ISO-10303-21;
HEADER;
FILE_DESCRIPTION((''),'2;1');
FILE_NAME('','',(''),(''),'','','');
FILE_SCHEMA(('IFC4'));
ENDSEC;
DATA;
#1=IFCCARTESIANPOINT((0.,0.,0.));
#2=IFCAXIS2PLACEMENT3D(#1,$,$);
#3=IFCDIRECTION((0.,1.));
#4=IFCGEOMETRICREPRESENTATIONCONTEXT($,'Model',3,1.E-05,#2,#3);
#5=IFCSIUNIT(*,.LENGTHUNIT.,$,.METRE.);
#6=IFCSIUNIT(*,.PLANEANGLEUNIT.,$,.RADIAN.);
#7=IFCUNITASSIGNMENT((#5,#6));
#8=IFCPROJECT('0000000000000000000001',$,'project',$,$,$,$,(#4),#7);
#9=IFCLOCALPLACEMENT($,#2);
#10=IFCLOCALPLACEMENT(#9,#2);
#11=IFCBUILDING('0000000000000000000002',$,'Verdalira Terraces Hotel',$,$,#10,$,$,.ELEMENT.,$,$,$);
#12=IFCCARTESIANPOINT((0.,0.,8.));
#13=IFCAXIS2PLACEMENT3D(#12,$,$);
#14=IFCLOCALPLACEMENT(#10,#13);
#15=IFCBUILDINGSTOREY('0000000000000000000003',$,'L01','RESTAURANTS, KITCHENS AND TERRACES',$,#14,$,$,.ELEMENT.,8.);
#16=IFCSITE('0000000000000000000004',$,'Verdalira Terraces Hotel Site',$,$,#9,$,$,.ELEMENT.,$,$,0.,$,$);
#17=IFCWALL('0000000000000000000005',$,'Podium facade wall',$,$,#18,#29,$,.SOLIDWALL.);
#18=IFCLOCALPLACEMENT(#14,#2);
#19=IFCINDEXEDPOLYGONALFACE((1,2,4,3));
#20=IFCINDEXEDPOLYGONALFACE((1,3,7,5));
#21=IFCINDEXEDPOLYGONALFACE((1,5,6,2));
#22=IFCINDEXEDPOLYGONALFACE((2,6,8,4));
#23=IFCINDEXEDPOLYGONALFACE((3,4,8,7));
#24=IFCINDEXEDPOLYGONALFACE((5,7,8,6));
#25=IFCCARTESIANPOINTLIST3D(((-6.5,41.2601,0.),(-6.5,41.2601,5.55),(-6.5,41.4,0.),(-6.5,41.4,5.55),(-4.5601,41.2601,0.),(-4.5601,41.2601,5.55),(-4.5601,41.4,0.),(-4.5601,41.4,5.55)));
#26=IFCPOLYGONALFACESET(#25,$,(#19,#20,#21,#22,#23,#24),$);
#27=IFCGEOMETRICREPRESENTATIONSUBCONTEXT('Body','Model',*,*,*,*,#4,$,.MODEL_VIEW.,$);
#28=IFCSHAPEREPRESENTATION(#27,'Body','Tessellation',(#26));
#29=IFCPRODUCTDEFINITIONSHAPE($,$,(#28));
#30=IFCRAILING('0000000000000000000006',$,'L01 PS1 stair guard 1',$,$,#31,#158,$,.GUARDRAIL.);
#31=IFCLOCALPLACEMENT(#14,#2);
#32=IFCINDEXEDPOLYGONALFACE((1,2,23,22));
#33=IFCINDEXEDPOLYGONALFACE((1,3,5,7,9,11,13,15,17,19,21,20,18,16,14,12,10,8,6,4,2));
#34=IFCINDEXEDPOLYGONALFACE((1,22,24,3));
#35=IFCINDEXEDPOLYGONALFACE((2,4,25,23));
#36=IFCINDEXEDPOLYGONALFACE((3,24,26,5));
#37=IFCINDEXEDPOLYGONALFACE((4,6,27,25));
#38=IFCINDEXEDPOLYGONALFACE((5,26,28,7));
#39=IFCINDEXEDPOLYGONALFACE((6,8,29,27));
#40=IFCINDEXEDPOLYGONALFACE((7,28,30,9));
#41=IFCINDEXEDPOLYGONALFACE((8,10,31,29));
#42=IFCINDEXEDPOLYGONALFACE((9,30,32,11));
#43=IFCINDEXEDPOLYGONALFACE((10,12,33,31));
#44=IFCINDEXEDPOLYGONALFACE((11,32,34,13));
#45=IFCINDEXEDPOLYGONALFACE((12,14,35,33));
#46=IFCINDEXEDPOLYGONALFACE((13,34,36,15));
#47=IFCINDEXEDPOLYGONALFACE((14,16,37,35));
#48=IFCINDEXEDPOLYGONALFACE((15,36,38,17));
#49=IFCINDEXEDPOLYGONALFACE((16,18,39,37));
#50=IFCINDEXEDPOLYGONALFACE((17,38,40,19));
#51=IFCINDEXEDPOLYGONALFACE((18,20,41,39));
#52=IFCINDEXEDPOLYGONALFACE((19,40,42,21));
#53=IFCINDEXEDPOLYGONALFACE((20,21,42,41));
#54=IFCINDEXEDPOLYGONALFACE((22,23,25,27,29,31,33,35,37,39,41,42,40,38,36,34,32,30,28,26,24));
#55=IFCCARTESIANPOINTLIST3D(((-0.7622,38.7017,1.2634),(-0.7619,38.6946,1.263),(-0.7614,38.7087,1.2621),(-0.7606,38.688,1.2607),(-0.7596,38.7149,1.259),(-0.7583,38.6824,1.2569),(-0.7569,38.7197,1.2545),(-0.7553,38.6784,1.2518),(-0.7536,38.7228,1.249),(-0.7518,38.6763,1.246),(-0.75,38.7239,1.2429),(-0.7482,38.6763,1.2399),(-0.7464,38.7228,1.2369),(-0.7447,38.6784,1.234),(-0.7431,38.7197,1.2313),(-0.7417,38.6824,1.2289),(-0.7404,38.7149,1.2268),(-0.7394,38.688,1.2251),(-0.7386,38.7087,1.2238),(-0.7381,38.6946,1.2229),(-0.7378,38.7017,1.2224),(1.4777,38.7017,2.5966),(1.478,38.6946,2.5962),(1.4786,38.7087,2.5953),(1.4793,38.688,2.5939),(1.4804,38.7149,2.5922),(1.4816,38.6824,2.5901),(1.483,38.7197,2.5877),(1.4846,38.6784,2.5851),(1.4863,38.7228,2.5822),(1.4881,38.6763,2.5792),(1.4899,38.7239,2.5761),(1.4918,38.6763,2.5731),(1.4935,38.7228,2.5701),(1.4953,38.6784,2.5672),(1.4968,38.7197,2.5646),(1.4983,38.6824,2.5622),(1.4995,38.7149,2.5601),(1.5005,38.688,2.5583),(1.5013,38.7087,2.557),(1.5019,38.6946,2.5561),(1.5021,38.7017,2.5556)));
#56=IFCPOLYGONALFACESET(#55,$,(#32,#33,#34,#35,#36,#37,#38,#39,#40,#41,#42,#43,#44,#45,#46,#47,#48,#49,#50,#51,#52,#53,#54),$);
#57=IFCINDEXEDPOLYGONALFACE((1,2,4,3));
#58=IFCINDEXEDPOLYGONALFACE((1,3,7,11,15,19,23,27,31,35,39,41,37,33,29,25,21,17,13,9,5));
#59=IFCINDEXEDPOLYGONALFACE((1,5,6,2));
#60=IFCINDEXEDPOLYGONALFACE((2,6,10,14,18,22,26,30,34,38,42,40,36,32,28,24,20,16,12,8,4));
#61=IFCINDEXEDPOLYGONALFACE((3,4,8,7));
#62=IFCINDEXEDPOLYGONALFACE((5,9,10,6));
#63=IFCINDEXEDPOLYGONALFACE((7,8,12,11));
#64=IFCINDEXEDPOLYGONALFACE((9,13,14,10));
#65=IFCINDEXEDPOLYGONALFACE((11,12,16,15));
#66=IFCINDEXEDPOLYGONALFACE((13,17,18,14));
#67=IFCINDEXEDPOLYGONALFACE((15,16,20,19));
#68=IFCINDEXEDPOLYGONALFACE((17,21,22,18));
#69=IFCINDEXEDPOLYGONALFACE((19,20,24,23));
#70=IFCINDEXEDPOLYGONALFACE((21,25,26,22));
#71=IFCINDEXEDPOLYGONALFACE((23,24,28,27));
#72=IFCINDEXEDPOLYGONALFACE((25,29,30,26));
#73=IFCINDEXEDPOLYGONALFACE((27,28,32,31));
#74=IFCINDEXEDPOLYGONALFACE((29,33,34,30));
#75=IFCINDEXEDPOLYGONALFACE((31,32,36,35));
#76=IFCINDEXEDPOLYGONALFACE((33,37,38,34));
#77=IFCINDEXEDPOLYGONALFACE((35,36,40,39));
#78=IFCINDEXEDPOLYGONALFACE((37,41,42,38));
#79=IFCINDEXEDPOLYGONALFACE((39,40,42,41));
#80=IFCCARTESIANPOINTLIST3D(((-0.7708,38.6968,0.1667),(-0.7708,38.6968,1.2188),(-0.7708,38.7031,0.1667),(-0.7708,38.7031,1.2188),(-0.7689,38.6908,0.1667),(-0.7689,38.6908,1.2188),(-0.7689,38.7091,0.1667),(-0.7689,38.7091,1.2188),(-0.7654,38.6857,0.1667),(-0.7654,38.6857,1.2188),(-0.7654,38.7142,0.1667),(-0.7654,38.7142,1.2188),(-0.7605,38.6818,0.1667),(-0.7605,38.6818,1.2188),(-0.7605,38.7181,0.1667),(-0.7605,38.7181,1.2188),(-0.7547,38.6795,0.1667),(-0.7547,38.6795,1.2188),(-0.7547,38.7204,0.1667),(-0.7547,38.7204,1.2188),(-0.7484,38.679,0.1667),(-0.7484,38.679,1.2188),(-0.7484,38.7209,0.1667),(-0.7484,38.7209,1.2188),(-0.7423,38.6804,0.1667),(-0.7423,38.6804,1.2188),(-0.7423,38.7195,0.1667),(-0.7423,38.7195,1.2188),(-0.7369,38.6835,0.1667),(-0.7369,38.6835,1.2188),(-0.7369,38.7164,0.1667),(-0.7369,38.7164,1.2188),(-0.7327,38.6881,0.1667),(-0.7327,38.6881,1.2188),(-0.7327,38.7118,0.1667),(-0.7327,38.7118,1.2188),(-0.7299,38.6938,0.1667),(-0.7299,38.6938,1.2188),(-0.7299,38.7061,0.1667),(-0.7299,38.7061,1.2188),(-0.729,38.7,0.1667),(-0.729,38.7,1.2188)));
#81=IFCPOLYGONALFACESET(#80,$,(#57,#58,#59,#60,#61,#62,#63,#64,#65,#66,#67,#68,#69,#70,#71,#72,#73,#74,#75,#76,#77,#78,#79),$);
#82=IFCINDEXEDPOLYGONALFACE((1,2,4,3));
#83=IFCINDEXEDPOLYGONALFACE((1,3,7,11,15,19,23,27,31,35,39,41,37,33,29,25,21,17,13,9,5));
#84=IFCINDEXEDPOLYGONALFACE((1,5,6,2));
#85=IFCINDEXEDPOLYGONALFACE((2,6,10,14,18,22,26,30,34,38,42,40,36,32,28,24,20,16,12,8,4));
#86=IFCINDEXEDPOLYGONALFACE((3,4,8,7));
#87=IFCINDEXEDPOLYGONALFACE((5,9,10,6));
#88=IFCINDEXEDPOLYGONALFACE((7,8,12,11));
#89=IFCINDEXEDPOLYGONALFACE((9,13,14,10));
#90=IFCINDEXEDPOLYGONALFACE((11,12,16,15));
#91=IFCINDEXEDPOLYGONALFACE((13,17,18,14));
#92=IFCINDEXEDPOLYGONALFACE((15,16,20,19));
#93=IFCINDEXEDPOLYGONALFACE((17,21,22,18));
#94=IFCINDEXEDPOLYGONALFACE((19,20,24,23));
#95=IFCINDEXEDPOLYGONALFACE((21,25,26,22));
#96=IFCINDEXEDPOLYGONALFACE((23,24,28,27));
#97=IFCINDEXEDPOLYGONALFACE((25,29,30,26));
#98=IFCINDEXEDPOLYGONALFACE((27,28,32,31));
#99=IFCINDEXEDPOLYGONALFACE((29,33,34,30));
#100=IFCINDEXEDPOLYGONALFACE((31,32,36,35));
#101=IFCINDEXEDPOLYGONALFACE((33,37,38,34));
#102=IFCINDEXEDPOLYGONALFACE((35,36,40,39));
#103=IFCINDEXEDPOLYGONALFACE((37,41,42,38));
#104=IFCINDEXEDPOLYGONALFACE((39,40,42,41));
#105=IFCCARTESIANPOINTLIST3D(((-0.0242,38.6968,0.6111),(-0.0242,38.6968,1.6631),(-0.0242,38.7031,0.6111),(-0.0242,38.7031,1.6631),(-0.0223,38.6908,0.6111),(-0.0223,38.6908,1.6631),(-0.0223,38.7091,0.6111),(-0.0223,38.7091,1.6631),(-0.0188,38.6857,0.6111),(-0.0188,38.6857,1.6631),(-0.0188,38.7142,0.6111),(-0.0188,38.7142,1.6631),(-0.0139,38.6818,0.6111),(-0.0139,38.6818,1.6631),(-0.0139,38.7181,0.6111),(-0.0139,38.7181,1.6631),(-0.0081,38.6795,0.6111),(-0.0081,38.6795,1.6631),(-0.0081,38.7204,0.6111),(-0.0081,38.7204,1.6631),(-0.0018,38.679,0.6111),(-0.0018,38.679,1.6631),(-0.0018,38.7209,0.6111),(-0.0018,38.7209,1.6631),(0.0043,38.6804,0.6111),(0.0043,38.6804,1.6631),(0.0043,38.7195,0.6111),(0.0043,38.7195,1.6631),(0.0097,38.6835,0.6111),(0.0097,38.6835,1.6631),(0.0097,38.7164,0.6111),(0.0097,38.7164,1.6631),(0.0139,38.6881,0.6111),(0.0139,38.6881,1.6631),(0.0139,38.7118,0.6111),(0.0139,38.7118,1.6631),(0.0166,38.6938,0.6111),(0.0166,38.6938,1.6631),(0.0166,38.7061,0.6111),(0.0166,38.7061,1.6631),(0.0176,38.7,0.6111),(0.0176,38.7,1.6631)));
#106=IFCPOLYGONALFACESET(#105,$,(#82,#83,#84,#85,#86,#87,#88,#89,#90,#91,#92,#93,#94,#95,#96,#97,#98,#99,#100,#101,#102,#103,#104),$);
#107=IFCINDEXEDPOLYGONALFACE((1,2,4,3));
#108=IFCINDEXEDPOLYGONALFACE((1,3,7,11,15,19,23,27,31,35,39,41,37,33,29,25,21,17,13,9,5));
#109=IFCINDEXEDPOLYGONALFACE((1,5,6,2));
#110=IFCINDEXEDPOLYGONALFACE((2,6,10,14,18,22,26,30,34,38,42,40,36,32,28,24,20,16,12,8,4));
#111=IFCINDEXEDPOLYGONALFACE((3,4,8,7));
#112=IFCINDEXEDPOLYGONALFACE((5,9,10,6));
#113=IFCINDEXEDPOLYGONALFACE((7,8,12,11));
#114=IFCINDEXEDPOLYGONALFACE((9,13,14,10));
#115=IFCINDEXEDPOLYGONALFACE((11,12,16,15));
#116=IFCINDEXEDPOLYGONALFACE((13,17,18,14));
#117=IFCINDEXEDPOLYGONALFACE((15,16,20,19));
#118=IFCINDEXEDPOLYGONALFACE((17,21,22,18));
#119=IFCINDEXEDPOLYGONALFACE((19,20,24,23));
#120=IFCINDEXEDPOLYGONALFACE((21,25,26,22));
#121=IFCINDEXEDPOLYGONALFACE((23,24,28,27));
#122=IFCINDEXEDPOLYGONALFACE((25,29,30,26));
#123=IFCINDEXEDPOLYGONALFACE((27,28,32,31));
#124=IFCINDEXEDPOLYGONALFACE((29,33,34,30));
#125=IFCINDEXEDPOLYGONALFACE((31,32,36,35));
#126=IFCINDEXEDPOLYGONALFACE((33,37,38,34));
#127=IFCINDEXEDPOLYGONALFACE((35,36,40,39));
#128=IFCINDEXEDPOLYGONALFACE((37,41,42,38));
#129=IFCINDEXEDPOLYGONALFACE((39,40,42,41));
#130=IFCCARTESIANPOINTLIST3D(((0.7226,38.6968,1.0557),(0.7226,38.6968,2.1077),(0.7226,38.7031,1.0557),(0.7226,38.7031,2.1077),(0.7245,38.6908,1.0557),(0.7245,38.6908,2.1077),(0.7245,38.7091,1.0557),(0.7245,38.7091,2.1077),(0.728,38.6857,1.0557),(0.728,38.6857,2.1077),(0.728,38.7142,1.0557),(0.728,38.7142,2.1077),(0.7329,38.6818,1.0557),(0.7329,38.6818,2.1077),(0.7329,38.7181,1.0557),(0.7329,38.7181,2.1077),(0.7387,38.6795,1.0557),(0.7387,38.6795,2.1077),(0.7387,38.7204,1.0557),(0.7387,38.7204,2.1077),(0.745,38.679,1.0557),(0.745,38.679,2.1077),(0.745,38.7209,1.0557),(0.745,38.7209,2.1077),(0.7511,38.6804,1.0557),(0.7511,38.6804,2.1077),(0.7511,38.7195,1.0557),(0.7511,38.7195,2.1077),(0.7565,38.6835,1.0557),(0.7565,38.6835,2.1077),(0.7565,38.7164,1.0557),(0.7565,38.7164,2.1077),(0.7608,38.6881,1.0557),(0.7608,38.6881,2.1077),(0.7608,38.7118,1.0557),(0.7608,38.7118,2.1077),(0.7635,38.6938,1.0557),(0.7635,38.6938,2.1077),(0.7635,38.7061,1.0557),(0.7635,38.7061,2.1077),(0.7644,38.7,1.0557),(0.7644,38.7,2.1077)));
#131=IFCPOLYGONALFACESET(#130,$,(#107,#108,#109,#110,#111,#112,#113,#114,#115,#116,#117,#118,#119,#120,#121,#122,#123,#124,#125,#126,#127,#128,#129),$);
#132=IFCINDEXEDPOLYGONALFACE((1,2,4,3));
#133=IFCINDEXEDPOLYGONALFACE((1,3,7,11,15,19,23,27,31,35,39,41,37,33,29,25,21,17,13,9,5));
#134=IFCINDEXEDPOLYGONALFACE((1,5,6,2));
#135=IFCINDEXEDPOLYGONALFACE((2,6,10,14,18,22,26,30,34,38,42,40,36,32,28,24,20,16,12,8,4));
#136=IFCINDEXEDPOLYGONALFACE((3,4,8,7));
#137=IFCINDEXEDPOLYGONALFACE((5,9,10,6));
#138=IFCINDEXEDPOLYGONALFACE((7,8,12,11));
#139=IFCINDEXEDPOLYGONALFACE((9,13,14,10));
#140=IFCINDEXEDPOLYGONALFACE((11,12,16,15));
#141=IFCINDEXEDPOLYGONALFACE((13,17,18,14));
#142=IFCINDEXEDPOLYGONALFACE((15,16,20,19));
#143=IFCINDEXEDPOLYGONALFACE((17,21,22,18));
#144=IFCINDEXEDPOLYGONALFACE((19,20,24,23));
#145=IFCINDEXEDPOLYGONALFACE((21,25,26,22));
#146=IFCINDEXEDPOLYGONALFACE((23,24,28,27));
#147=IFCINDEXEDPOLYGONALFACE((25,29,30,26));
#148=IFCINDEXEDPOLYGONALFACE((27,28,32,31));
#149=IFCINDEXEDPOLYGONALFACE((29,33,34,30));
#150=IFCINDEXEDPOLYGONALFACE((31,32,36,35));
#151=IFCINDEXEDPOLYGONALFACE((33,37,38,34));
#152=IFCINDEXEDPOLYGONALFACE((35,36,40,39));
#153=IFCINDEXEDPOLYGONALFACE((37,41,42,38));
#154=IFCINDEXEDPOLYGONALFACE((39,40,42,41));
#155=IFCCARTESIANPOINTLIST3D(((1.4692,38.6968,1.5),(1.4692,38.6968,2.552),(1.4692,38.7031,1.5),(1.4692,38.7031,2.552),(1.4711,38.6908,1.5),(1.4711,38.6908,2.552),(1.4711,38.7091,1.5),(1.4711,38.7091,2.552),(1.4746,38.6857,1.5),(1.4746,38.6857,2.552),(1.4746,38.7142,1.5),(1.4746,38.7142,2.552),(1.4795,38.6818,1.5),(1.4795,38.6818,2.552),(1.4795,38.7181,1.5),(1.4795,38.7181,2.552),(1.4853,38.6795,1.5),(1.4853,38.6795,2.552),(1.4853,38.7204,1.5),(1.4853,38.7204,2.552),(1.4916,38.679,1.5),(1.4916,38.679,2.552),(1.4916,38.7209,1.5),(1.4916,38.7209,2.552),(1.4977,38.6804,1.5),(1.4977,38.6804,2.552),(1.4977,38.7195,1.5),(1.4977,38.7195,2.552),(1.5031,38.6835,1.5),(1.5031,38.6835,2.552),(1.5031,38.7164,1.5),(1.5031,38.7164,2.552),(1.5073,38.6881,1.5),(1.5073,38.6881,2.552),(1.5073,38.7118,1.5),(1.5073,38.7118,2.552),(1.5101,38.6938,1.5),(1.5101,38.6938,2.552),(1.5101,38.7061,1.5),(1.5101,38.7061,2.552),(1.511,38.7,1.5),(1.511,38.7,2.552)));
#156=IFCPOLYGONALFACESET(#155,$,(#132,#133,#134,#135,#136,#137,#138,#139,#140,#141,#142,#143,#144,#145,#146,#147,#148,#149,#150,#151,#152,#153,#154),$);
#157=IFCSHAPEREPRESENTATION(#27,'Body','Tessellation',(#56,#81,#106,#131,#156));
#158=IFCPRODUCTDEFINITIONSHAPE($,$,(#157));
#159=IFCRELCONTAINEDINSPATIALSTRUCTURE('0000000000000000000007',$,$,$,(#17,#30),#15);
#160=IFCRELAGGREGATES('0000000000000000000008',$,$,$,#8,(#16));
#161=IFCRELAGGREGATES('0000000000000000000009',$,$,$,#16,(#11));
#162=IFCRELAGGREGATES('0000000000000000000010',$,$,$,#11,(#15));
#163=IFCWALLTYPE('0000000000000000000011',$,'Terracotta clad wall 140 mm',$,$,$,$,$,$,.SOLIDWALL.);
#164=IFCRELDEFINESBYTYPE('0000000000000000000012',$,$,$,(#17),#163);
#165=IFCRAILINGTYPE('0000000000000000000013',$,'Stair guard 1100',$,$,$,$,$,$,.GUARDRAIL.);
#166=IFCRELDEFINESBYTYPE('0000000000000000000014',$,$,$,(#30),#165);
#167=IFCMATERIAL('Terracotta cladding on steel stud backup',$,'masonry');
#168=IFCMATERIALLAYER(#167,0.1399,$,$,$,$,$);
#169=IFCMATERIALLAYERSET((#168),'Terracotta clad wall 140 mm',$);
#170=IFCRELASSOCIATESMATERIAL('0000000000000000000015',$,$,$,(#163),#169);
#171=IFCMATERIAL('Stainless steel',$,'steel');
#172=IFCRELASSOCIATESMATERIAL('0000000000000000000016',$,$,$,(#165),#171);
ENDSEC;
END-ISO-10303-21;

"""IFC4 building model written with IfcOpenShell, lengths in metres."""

from ifc_helpers import new_model, si_unit, direction, frame, frame_2d, origin, origin_2d, place, context, subcontext, project, spatial, rectangle, circle, extrude, material, layer, layer_set, type_object, element, save


model = new_model("IFC4")

# Units and contexts
model_context = context("Model", 3, precision=1e-05, world=origin(), true_north=direction((0.0, 1.0)))
body_context = subcontext(model_context, "Body", "Model", "MODEL_VIEW")
ifc_project = project(units=[si_unit("LENGTHUNIT", "METRE"), si_unit("PLANEANGLEUNIT", "RADIAN")], contexts=[model_context])

# Site, building, storey
site_placement = place(None, origin())
site = spatial("IfcSite", under=ifc_project, at=site_placement, Name="Verdalira Terraces Hotel Site", CompositionType="ELEMENT", RefElevation=0.0)
building_placement = place(site_placement, origin())
building = spatial("IfcBuilding", under=site, at=building_placement, Name="Verdalira Terraces Hotel", CompositionType="ELEMENT")
storey_placement = place(building_placement, frame((0.0, 0.0, 8.0)))
storey = spatial("IfcBuildingStorey", under=building, at=storey_placement, Name="L01", Description="RESTAURANTS, KITCHENS AND TERRACES", CompositionType="ELEMENT", Elevation=8.0)

# Wall
ifc_material_1 = material(Name="Terracotta cladding on steel stud backup", Category="masonry")
ifc_layer_1 = layer(ifc_material_1, 0.1399)
ifc_layer_set_1 = layer_set([ifc_layer_1], Name="Terracotta clad wall 140 mm")
wall_type_1 = type_object("IfcWallType", Name="Terracotta clad wall 140 mm", PredefinedType="SOLIDWALL", material=ifc_layer_set_1)
wall_1_placement = place(storey_placement, frame((-4.5601, 41.3301, 0.0), z_axis=(0.0, 0.0, 1.0), x_axis=(-1.0, 0.0, 0.0)))
element("IfcWall", 1, at=wall_1_placement, inside=storey, type_object=wall_type_1, Name="Podium facade wall", PredefinedType="SOLIDWALL", context=body_context, shape_type="SweptSolid", body=[
    extrude(rectangle(XDim=1.9399, YDim=0.1399, at=frame_2d((0.97, 0.0))), origin(), (0.0, 0.0, 1.0), 5.55),
])

# Railing
ifc_material_2 = material(Name="Stainless steel", Category="steel")
railing_type_1 = type_object("IfcRailingType", Name="Stair guard 1100", PredefinedType="GUARDRAIL", material=ifc_material_2)
railing_1_placement = place(storey_placement, frame((-0.75, 38.7, 0.1667)))
element("IfcRailing", 2, at=railing_1_placement, inside=storey, type_object=railing_type_1, Name="L01 PS1 stair guard 1", PredefinedType="GUARDRAIL", context=body_context, shape_type="SweptSolid", body=[
    extrude(circle(Radius=0.0239, at=origin_2d()), frame((0.0, 0.0, 1.0762), z_axis=(0.859306, 0.0, 0.511462), x_axis=(0.0, 1.0, 0.0)), (0.0, 0.0, 1.0), 2.6067),
    extrude(circle(Radius=0.021, at=origin_2d()), origin(), (0.0, 0.0, 1.0), 1.052),
    extrude(circle(Radius=0.021, at=origin_2d()), frame((0.7466, 0.0, 0.4443)), (0.0, 0.0, 1.0), 1.052),
    extrude(circle(Radius=0.021, at=origin_2d()), frame((1.4934, 0.0, 0.8889)), (0.0, 0.0, 1.0), 1.052),
    extrude(circle(Radius=0.021, at=origin_2d()), frame((2.24, 0.0, 1.3333)), (0.0, 0.0, 1.0), 1.052),
])

save(model, "model.ifc")
